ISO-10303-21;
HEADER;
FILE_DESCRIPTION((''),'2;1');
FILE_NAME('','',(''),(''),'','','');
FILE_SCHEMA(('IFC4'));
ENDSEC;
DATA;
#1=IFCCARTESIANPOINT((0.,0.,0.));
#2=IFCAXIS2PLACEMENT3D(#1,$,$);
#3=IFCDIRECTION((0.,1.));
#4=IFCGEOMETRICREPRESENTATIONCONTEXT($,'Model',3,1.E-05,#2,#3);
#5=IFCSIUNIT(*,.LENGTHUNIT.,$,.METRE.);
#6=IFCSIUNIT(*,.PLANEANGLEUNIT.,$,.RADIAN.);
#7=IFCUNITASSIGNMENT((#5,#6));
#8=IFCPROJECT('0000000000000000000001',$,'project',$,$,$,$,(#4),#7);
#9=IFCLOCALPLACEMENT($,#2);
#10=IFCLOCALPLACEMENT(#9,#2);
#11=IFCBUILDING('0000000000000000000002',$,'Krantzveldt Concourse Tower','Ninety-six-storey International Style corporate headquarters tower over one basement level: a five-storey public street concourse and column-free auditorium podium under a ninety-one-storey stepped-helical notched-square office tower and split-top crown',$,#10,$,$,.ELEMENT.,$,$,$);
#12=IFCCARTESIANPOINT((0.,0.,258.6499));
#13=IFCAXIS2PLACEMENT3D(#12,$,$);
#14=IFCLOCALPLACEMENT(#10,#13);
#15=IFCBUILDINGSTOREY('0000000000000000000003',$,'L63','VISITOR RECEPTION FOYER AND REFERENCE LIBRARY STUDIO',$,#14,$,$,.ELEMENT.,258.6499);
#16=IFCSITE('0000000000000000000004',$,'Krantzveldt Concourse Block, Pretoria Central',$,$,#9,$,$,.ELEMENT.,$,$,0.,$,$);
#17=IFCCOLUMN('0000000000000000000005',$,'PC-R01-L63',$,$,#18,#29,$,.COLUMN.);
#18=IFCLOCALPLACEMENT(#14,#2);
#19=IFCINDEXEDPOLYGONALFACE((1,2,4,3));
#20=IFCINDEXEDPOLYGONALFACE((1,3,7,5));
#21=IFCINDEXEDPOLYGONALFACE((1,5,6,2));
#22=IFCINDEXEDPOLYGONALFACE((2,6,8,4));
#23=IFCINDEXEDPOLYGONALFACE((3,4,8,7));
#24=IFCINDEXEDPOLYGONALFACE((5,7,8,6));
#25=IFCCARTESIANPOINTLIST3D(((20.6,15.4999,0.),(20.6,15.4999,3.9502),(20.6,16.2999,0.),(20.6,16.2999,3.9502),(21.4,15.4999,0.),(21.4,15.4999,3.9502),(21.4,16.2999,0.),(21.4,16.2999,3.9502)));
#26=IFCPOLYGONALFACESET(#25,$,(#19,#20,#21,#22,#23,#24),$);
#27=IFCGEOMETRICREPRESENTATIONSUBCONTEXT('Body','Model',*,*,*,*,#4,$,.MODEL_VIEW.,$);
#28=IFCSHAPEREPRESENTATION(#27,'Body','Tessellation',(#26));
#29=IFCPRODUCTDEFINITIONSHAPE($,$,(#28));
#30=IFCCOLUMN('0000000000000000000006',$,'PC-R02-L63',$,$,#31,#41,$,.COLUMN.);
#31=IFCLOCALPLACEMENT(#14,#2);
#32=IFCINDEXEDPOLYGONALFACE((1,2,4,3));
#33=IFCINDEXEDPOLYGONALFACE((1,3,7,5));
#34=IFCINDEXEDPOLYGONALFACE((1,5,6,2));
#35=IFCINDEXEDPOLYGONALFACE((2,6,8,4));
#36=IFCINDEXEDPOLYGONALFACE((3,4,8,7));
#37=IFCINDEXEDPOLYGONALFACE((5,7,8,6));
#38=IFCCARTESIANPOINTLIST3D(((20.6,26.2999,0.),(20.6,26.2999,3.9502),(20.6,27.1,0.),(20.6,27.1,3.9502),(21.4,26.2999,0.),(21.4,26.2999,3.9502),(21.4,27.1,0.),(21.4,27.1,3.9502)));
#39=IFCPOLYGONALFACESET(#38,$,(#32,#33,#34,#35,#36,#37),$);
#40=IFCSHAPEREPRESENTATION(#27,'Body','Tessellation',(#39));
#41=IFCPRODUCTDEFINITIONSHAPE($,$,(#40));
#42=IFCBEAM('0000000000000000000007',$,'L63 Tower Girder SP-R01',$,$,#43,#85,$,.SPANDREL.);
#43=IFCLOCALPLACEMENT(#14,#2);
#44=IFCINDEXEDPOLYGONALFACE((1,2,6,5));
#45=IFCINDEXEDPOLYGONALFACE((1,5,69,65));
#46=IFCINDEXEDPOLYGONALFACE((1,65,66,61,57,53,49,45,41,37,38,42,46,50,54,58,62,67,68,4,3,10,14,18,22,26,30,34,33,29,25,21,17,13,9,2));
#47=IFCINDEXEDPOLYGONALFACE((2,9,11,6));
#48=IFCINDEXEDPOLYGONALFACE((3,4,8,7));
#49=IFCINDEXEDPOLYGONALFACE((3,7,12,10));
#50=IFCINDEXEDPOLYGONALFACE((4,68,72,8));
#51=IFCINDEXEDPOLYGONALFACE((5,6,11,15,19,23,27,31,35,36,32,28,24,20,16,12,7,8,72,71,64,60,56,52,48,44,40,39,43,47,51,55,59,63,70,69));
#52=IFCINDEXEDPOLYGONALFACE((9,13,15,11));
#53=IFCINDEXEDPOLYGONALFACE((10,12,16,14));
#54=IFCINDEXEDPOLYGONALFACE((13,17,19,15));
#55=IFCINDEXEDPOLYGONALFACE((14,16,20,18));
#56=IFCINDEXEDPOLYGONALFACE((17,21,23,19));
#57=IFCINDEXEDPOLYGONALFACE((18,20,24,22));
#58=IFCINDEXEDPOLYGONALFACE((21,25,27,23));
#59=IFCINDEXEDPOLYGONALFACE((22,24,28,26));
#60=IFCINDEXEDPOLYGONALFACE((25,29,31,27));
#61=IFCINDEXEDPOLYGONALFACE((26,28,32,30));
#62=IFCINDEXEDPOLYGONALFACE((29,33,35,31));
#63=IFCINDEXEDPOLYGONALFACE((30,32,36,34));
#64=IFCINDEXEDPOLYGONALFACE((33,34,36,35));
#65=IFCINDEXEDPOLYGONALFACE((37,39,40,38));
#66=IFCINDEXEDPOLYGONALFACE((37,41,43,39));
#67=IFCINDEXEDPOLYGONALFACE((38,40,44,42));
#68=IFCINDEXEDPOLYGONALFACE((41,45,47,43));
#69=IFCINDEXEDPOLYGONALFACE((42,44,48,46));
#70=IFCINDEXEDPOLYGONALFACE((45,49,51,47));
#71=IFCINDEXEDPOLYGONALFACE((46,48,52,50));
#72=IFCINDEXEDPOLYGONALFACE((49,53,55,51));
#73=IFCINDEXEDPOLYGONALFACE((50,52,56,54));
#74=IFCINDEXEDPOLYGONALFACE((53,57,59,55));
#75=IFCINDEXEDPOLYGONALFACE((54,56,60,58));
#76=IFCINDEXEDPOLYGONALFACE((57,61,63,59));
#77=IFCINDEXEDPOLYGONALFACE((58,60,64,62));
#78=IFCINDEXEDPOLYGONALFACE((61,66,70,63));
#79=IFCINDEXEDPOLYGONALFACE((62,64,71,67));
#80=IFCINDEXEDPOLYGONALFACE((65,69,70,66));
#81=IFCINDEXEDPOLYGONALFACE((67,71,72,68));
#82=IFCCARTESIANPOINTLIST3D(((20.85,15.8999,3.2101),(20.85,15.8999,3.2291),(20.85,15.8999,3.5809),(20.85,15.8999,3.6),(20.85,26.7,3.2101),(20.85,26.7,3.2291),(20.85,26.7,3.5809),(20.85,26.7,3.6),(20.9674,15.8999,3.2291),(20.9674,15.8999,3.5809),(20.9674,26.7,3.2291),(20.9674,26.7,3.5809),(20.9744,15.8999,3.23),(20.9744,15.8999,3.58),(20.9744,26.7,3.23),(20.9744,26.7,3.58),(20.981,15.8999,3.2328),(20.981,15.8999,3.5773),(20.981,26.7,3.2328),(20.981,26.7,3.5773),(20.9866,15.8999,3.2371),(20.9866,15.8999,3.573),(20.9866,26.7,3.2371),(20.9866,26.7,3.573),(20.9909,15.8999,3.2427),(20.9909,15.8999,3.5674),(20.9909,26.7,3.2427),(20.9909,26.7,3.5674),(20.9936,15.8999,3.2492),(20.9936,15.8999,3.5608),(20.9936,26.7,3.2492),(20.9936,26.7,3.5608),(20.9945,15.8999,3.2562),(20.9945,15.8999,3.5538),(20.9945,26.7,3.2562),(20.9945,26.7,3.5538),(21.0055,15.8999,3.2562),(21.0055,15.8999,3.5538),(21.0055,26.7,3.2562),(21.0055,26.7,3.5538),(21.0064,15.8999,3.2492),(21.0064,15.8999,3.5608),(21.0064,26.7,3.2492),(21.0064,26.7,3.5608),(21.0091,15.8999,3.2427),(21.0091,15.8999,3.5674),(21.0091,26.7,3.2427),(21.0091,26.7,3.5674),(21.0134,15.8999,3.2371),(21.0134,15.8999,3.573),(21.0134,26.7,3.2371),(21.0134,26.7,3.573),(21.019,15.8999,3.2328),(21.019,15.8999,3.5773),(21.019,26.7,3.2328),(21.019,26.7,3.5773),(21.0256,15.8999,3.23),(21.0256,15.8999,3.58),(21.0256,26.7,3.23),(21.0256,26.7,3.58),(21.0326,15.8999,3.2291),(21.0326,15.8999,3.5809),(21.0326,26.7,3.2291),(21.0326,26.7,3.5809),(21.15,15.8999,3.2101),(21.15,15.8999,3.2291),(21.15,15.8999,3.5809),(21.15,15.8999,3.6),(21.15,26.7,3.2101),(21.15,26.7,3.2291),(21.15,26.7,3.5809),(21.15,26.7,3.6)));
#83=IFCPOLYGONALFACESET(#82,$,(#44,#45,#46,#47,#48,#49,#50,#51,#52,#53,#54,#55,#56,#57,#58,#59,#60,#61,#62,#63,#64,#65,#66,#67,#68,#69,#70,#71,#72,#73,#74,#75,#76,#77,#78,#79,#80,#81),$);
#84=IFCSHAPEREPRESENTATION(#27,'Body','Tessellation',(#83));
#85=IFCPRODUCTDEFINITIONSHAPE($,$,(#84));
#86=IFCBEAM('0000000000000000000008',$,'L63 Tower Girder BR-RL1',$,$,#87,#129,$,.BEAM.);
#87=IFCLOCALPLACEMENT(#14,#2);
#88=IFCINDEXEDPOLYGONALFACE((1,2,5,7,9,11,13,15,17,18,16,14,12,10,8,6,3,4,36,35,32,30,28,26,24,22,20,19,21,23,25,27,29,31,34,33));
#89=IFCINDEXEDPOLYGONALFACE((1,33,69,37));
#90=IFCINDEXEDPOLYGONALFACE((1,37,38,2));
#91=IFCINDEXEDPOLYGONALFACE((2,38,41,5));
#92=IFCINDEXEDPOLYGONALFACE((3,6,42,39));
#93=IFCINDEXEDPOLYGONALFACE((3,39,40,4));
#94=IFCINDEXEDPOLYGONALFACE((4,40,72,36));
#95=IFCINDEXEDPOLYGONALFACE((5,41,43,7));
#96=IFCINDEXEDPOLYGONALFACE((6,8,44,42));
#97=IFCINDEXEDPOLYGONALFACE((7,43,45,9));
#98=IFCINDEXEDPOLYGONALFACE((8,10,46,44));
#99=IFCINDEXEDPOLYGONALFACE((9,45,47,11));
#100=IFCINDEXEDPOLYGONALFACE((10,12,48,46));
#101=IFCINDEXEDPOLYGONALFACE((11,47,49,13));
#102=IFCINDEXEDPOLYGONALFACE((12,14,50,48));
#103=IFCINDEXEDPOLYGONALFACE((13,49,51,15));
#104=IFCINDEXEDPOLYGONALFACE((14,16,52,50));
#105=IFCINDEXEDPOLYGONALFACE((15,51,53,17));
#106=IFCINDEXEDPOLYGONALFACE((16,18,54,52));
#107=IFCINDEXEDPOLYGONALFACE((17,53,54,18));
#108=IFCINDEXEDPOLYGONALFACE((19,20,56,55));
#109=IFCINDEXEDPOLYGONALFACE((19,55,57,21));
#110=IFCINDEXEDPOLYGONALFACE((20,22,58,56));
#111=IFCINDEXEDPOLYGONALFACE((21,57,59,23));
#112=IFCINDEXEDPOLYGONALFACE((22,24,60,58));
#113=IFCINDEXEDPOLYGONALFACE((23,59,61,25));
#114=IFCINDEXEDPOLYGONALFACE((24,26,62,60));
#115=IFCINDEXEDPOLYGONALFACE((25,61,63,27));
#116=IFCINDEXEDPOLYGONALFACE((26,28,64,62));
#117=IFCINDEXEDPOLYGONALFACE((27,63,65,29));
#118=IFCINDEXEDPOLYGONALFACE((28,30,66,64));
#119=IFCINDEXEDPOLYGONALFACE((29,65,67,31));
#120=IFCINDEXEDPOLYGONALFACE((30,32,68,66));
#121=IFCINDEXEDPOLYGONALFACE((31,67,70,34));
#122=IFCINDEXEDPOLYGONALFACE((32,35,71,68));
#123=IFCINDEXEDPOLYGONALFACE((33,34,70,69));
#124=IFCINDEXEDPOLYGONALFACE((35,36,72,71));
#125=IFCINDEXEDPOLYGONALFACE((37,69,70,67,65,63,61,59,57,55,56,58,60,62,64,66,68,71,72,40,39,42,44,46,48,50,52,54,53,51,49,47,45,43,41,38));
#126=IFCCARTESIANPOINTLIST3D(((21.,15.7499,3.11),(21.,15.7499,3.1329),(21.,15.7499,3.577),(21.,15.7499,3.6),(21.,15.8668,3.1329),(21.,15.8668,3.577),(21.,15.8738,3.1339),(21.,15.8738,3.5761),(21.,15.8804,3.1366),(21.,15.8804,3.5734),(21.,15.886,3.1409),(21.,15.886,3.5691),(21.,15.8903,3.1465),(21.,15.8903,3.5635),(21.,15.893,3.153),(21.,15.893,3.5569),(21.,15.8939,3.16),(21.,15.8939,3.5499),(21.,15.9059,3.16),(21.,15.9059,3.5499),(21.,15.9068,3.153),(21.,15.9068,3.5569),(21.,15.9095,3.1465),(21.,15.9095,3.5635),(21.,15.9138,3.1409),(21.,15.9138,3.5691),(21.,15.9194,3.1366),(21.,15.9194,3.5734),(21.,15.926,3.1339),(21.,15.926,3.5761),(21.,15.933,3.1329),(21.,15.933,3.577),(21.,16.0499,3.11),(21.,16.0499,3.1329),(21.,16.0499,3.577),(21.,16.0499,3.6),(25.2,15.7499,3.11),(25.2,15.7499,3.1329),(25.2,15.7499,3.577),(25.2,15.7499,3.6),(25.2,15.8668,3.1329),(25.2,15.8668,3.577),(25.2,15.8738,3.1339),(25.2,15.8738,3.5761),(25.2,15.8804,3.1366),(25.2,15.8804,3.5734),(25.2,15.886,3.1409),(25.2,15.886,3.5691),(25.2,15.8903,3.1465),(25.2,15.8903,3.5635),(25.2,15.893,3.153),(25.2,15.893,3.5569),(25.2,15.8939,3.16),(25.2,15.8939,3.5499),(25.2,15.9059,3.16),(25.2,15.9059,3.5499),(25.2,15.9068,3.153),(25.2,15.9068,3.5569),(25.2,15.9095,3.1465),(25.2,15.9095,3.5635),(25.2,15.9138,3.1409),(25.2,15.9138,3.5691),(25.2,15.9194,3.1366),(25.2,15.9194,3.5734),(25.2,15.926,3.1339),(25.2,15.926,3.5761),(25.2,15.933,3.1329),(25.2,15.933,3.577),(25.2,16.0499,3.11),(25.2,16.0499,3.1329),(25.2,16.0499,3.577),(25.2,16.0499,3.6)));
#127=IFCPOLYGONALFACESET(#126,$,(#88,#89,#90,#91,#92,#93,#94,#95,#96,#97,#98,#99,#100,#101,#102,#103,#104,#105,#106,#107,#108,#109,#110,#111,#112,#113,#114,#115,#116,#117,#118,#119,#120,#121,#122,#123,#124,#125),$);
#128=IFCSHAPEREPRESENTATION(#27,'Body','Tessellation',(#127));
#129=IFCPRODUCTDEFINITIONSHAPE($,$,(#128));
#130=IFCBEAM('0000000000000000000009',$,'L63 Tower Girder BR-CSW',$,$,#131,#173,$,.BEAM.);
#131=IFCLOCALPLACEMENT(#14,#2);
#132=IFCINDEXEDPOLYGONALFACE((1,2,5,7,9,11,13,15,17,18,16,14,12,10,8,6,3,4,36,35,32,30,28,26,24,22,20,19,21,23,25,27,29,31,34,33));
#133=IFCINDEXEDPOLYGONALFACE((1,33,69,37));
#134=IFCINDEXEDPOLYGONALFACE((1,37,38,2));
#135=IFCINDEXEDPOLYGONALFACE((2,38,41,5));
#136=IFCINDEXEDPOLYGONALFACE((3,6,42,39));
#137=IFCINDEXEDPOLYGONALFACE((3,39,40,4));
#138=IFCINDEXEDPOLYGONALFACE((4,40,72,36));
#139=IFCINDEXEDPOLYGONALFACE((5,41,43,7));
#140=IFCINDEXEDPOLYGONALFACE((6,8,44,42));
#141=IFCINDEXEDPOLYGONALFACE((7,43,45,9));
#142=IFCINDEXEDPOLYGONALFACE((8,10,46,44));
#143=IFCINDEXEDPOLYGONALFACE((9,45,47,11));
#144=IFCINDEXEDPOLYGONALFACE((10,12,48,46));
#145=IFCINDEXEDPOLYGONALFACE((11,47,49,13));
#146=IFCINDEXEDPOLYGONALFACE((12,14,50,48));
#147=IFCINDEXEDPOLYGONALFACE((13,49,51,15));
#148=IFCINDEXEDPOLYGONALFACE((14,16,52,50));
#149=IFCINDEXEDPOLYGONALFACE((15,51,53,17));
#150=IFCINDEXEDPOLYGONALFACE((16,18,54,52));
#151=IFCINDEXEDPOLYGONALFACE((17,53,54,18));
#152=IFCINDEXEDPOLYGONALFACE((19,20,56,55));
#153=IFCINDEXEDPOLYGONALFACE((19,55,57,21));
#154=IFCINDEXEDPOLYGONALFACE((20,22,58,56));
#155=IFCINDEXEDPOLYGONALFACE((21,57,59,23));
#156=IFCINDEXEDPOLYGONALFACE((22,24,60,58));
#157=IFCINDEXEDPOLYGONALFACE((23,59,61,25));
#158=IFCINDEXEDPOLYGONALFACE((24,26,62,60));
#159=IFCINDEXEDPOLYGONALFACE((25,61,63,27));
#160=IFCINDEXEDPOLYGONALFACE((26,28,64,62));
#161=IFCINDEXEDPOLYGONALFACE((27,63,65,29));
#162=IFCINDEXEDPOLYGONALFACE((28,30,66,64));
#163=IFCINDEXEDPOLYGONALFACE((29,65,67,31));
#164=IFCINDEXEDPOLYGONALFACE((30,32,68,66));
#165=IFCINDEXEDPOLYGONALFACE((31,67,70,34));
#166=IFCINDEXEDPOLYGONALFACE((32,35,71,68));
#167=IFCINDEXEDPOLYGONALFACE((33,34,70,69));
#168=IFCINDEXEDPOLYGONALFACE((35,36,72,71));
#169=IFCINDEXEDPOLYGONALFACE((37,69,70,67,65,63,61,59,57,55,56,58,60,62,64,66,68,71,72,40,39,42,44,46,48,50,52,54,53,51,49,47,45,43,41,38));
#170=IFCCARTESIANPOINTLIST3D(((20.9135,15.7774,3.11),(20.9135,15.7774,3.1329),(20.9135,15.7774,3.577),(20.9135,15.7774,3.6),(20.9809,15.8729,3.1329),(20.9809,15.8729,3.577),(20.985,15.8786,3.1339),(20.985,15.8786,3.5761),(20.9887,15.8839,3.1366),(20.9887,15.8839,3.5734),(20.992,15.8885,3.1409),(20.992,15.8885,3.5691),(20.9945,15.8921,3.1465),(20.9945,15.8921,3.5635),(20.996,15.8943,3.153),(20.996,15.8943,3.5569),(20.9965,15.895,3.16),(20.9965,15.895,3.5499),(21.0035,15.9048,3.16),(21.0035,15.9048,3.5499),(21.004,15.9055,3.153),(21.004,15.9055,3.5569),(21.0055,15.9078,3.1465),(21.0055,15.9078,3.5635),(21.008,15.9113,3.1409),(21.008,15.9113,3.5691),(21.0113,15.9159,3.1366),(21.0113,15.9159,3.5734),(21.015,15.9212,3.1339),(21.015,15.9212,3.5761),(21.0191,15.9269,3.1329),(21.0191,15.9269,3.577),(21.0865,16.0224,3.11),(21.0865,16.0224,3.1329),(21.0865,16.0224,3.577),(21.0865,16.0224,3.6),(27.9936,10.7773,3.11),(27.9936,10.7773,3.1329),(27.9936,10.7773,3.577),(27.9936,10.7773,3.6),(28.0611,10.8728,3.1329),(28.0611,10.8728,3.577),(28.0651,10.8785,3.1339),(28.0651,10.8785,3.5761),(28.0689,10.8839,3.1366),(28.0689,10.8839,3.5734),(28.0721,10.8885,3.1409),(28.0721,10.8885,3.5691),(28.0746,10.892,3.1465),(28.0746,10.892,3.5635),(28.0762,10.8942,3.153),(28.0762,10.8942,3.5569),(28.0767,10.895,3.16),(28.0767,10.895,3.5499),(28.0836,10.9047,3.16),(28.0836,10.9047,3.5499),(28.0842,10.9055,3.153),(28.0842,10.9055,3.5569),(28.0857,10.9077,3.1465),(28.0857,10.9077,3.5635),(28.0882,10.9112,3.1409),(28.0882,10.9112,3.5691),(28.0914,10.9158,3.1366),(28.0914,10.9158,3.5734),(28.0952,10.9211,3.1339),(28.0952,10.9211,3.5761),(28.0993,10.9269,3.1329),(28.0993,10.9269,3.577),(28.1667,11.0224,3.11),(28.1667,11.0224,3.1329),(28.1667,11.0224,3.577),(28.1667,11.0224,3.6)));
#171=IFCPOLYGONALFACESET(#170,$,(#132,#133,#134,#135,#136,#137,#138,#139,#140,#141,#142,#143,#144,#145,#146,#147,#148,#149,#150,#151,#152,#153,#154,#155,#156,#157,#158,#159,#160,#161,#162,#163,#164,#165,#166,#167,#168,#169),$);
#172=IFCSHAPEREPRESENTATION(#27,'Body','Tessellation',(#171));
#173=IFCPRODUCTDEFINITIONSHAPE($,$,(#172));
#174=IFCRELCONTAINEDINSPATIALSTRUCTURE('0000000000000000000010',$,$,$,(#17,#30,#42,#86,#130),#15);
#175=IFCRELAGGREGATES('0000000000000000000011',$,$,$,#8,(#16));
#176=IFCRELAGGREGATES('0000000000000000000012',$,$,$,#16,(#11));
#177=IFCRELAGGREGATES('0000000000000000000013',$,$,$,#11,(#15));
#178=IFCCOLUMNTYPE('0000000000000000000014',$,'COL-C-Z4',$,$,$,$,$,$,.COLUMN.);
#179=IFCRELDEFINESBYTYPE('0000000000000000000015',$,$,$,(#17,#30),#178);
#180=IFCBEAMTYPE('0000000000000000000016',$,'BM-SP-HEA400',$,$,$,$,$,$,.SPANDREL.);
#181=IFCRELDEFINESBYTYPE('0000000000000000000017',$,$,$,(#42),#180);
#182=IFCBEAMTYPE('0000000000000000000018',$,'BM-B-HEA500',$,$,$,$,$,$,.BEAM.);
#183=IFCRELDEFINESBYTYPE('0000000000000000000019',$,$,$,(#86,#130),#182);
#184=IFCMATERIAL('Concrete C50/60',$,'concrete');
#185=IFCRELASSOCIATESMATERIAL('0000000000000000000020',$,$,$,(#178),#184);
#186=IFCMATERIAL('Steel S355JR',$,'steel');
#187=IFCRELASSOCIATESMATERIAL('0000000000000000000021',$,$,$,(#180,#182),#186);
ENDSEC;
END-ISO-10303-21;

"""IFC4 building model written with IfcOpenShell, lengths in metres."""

from ifc_helpers import new_model, si_unit, direction, frame, origin, origin_2d, place, context, subcontext, project, spatial, rectangle, i_section, extrude, source, transform, mapped, material, material_profile, profile_set, type_object, type_shapes, element, save


model = new_model("IFC4")

# Units and contexts
model_context = context("Model", 3, precision=1e-05, world=origin(), true_north=direction((0.0, 1.0)))
body_context = subcontext(model_context, "Body", "Model", "MODEL_VIEW")
ifc_project = project(units=[si_unit("LENGTHUNIT", "METRE"), si_unit("PLANEANGLEUNIT", "RADIAN")], contexts=[model_context])

# Site, building, storey
site_placement = place(None, origin())
site = spatial("IfcSite", under=ifc_project, at=site_placement, Name="Krantzveldt Concourse Block, Pretoria Central", CompositionType="ELEMENT", RefElevation=0.0)
building_placement = place(site_placement, origin())
building = spatial("IfcBuilding", under=site, at=building_placement, Name="Krantzveldt Concourse Tower", Description="Ninety-six-storey International Style corporate headquarters tower over one basement level: a five-storey public street concourse and column-free auditorium podium under a ninety-one-storey stepped-helical notched-square office tower and split-top crown", CompositionType="ELEMENT")
storey_placement = place(building_placement, frame((0.0, 0.0, 258.6499)))
storey = spatial("IfcBuildingStorey", under=building, at=storey_placement, Name="L63", Description="VISITOR RECEPTION FOYER AND REFERENCE LIBRARY STUDIO", CompositionType="ELEMENT", Elevation=258.6499)

# Columns
ifc_material_1 = material(Name="Concrete C50/60", Category="concrete")
ifc_material_profile_1 = material_profile(ifc_material_1, rectangle(XDim=0.8, YDim=0.8, at=origin_2d()), Name="Concrete C50/60", Category="concrete")
ifc_profile_set_1 = profile_set([ifc_material_profile_1], Name="Concrete C50/60 - RC 800x800")
column_type = type_object("IfcColumnType", Name="COL-C-Z4", PredefinedType="COLUMN", material=ifc_profile_set_1)
shared_shape_1 = source(origin(), body_context, "Body", "SweptSolid", [
    extrude(rectangle(XDim=0.8, YDim=0.8, at=origin_2d()), origin(), (0.0, 0.0, 1.0), 3.9502),
])
type_shapes(column_type, [shared_shape_1])
for number, where, z_axis, x_axis, name in (
    (1, (21.0, 15.8999, 0.0), (0.0, 0.0, 1.0), (1.0, 0.0, 0.0), "PC-R01-L63"),
    (2, (21.0, 26.7, 0.0), (0.0, 0.0, 1.0), (1.0, 0.0, 0.0), "PC-R02-L63"),
):
    element("IfcColumn", number, at=place(storey_placement, frame(where, z_axis=z_axis, x_axis=x_axis)), inside=storey, type_object=column_type, Name=name, PredefinedType="COLUMN", context=body_context, shape_type="MappedRepresentation", body=[
        mapped(shared_shape_1, transform((0.0, 0.0, 0.0), x_axis=(1.0, 0.0, 0.0), y_axis=(0.0, 1.0, 0.0), z_axis=(0.0, 0.0, 1.0), scale=1.0)),
    ])

# Beams
ifc_material_2 = material(Name="Steel S355JR", Category="steel")
ifc_material_profile_2 = material_profile(ifc_material_2, i_section(OverallWidth=0.3, OverallDepth=0.3899, WebThickness=0.011, FlangeThickness=0.019, FilletRadius=0.0271, at=origin_2d()), Name="Steel S355JR", Category="steel")
ifc_profile_set_2 = profile_set([ifc_material_profile_2], Name="Steel S355JR - HEA 400")
beam_type_1 = type_object("IfcBeamType", Name="BM-SP-HEA400", PredefinedType="SPANDREL", material=ifc_profile_set_2)
shared_shape_2 = source(origin(), body_context, "Body", "SweptSolid", [
    extrude(i_section(OverallWidth=0.3, OverallDepth=0.3899, WebThickness=0.011, FlangeThickness=0.019, FilletRadius=0.0271, at=origin_2d()), origin(), (0.0, 0.0, 1.0), 10.8),
])
type_shapes(beam_type_1, [shared_shape_2])
beam_1_placement = place(storey_placement, frame((21.0, 15.8999, 3.405), z_axis=(0.0, 1.0, 0.0), x_axis=(-1.0, 0.0, 0.0)))
element("IfcBeam", 3, at=beam_1_placement, inside=storey, type_object=beam_type_1, Name="L63 Tower Girder SP-R01", PredefinedType="SPANDREL", context=body_context, shape_type="MappedRepresentation", body=[
    mapped(shared_shape_2, transform((0.0, 0.0, 0.0), x_axis=(1.0, 0.0, 0.0), y_axis=(0.0, 1.0, 0.0), z_axis=(0.0, 0.0, 1.0), scale=1.0)),
])
ifc_material_profile_3 = material_profile(ifc_material_2, i_section(OverallWidth=0.3, OverallDepth=0.49, WebThickness=0.012, FlangeThickness=0.0229, FilletRadius=0.0271, at=origin_2d()), Name="Steel S355JR", Category="steel")
ifc_profile_set_3 = profile_set([ifc_material_profile_3], Name="Steel S355JR - HEA 500")
beam_type_2 = type_object("IfcBeamType", Name="BM-B-HEA500", PredefinedType="BEAM", material=ifc_profile_set_3)
shared_shape_3 = source(origin(), body_context, "Body", "SweptSolid", [
    extrude(i_section(OverallWidth=0.3, OverallDepth=0.49, WebThickness=0.012, FlangeThickness=0.0229, FilletRadius=0.0271, at=origin_2d()), origin(), (0.0, 0.0, 1.0), 4.2),
])
beam_2_placement = place(storey_placement, frame((21.0, 15.8999, 3.355), z_axis=(1.0, 0.0, 0.0), x_axis=(0.0, 1.0, 0.0)))
element("IfcBeam", 4, at=beam_2_placement, inside=storey, type_object=beam_type_2, Name="L63 Tower Girder BR-RL1", PredefinedType="BEAM", context=body_context, shape_type="MappedRepresentation", body=[
    mapped(shared_shape_3, transform((0.0, 0.0, 0.0), x_axis=(1.0, 0.0, 0.0), y_axis=(0.0, 1.0, 0.0), z_axis=(0.0, 0.0, 1.0), scale=1.0)),
])
shared_shape_4 = source(origin(), body_context, "Body", "SweptSolid", [
    extrude(i_section(OverallWidth=0.3, OverallDepth=0.49, WebThickness=0.012, FlangeThickness=0.0229, FilletRadius=0.0271, at=origin_2d()), origin(), (0.0, 0.0, 1.0), 8.6677),
])
type_shapes(beam_type_2, [shared_shape_3, shared_shape_4])
beam_3_placement = place(storey_placement, frame((21.0, 15.8999, 3.355), z_axis=(0.816843, -0.57686, 0.0), x_axis=(0.57686, 0.816843, 0.0)))
element("IfcBeam", 5, at=beam_3_placement, inside=storey, type_object=beam_type_2, Name="L63 Tower Girder BR-CSW", PredefinedType="BEAM", context=body_context, shape_type="MappedRepresentation", body=[
    mapped(shared_shape_4, transform((0.0, 0.0, 0.0), x_axis=(1.0, 0.0, 0.0), y_axis=(0.0, 1.0, 0.0), z_axis=(0.0, 0.0, 1.0), scale=1.0)),
])

save(model, "model.ifc")
